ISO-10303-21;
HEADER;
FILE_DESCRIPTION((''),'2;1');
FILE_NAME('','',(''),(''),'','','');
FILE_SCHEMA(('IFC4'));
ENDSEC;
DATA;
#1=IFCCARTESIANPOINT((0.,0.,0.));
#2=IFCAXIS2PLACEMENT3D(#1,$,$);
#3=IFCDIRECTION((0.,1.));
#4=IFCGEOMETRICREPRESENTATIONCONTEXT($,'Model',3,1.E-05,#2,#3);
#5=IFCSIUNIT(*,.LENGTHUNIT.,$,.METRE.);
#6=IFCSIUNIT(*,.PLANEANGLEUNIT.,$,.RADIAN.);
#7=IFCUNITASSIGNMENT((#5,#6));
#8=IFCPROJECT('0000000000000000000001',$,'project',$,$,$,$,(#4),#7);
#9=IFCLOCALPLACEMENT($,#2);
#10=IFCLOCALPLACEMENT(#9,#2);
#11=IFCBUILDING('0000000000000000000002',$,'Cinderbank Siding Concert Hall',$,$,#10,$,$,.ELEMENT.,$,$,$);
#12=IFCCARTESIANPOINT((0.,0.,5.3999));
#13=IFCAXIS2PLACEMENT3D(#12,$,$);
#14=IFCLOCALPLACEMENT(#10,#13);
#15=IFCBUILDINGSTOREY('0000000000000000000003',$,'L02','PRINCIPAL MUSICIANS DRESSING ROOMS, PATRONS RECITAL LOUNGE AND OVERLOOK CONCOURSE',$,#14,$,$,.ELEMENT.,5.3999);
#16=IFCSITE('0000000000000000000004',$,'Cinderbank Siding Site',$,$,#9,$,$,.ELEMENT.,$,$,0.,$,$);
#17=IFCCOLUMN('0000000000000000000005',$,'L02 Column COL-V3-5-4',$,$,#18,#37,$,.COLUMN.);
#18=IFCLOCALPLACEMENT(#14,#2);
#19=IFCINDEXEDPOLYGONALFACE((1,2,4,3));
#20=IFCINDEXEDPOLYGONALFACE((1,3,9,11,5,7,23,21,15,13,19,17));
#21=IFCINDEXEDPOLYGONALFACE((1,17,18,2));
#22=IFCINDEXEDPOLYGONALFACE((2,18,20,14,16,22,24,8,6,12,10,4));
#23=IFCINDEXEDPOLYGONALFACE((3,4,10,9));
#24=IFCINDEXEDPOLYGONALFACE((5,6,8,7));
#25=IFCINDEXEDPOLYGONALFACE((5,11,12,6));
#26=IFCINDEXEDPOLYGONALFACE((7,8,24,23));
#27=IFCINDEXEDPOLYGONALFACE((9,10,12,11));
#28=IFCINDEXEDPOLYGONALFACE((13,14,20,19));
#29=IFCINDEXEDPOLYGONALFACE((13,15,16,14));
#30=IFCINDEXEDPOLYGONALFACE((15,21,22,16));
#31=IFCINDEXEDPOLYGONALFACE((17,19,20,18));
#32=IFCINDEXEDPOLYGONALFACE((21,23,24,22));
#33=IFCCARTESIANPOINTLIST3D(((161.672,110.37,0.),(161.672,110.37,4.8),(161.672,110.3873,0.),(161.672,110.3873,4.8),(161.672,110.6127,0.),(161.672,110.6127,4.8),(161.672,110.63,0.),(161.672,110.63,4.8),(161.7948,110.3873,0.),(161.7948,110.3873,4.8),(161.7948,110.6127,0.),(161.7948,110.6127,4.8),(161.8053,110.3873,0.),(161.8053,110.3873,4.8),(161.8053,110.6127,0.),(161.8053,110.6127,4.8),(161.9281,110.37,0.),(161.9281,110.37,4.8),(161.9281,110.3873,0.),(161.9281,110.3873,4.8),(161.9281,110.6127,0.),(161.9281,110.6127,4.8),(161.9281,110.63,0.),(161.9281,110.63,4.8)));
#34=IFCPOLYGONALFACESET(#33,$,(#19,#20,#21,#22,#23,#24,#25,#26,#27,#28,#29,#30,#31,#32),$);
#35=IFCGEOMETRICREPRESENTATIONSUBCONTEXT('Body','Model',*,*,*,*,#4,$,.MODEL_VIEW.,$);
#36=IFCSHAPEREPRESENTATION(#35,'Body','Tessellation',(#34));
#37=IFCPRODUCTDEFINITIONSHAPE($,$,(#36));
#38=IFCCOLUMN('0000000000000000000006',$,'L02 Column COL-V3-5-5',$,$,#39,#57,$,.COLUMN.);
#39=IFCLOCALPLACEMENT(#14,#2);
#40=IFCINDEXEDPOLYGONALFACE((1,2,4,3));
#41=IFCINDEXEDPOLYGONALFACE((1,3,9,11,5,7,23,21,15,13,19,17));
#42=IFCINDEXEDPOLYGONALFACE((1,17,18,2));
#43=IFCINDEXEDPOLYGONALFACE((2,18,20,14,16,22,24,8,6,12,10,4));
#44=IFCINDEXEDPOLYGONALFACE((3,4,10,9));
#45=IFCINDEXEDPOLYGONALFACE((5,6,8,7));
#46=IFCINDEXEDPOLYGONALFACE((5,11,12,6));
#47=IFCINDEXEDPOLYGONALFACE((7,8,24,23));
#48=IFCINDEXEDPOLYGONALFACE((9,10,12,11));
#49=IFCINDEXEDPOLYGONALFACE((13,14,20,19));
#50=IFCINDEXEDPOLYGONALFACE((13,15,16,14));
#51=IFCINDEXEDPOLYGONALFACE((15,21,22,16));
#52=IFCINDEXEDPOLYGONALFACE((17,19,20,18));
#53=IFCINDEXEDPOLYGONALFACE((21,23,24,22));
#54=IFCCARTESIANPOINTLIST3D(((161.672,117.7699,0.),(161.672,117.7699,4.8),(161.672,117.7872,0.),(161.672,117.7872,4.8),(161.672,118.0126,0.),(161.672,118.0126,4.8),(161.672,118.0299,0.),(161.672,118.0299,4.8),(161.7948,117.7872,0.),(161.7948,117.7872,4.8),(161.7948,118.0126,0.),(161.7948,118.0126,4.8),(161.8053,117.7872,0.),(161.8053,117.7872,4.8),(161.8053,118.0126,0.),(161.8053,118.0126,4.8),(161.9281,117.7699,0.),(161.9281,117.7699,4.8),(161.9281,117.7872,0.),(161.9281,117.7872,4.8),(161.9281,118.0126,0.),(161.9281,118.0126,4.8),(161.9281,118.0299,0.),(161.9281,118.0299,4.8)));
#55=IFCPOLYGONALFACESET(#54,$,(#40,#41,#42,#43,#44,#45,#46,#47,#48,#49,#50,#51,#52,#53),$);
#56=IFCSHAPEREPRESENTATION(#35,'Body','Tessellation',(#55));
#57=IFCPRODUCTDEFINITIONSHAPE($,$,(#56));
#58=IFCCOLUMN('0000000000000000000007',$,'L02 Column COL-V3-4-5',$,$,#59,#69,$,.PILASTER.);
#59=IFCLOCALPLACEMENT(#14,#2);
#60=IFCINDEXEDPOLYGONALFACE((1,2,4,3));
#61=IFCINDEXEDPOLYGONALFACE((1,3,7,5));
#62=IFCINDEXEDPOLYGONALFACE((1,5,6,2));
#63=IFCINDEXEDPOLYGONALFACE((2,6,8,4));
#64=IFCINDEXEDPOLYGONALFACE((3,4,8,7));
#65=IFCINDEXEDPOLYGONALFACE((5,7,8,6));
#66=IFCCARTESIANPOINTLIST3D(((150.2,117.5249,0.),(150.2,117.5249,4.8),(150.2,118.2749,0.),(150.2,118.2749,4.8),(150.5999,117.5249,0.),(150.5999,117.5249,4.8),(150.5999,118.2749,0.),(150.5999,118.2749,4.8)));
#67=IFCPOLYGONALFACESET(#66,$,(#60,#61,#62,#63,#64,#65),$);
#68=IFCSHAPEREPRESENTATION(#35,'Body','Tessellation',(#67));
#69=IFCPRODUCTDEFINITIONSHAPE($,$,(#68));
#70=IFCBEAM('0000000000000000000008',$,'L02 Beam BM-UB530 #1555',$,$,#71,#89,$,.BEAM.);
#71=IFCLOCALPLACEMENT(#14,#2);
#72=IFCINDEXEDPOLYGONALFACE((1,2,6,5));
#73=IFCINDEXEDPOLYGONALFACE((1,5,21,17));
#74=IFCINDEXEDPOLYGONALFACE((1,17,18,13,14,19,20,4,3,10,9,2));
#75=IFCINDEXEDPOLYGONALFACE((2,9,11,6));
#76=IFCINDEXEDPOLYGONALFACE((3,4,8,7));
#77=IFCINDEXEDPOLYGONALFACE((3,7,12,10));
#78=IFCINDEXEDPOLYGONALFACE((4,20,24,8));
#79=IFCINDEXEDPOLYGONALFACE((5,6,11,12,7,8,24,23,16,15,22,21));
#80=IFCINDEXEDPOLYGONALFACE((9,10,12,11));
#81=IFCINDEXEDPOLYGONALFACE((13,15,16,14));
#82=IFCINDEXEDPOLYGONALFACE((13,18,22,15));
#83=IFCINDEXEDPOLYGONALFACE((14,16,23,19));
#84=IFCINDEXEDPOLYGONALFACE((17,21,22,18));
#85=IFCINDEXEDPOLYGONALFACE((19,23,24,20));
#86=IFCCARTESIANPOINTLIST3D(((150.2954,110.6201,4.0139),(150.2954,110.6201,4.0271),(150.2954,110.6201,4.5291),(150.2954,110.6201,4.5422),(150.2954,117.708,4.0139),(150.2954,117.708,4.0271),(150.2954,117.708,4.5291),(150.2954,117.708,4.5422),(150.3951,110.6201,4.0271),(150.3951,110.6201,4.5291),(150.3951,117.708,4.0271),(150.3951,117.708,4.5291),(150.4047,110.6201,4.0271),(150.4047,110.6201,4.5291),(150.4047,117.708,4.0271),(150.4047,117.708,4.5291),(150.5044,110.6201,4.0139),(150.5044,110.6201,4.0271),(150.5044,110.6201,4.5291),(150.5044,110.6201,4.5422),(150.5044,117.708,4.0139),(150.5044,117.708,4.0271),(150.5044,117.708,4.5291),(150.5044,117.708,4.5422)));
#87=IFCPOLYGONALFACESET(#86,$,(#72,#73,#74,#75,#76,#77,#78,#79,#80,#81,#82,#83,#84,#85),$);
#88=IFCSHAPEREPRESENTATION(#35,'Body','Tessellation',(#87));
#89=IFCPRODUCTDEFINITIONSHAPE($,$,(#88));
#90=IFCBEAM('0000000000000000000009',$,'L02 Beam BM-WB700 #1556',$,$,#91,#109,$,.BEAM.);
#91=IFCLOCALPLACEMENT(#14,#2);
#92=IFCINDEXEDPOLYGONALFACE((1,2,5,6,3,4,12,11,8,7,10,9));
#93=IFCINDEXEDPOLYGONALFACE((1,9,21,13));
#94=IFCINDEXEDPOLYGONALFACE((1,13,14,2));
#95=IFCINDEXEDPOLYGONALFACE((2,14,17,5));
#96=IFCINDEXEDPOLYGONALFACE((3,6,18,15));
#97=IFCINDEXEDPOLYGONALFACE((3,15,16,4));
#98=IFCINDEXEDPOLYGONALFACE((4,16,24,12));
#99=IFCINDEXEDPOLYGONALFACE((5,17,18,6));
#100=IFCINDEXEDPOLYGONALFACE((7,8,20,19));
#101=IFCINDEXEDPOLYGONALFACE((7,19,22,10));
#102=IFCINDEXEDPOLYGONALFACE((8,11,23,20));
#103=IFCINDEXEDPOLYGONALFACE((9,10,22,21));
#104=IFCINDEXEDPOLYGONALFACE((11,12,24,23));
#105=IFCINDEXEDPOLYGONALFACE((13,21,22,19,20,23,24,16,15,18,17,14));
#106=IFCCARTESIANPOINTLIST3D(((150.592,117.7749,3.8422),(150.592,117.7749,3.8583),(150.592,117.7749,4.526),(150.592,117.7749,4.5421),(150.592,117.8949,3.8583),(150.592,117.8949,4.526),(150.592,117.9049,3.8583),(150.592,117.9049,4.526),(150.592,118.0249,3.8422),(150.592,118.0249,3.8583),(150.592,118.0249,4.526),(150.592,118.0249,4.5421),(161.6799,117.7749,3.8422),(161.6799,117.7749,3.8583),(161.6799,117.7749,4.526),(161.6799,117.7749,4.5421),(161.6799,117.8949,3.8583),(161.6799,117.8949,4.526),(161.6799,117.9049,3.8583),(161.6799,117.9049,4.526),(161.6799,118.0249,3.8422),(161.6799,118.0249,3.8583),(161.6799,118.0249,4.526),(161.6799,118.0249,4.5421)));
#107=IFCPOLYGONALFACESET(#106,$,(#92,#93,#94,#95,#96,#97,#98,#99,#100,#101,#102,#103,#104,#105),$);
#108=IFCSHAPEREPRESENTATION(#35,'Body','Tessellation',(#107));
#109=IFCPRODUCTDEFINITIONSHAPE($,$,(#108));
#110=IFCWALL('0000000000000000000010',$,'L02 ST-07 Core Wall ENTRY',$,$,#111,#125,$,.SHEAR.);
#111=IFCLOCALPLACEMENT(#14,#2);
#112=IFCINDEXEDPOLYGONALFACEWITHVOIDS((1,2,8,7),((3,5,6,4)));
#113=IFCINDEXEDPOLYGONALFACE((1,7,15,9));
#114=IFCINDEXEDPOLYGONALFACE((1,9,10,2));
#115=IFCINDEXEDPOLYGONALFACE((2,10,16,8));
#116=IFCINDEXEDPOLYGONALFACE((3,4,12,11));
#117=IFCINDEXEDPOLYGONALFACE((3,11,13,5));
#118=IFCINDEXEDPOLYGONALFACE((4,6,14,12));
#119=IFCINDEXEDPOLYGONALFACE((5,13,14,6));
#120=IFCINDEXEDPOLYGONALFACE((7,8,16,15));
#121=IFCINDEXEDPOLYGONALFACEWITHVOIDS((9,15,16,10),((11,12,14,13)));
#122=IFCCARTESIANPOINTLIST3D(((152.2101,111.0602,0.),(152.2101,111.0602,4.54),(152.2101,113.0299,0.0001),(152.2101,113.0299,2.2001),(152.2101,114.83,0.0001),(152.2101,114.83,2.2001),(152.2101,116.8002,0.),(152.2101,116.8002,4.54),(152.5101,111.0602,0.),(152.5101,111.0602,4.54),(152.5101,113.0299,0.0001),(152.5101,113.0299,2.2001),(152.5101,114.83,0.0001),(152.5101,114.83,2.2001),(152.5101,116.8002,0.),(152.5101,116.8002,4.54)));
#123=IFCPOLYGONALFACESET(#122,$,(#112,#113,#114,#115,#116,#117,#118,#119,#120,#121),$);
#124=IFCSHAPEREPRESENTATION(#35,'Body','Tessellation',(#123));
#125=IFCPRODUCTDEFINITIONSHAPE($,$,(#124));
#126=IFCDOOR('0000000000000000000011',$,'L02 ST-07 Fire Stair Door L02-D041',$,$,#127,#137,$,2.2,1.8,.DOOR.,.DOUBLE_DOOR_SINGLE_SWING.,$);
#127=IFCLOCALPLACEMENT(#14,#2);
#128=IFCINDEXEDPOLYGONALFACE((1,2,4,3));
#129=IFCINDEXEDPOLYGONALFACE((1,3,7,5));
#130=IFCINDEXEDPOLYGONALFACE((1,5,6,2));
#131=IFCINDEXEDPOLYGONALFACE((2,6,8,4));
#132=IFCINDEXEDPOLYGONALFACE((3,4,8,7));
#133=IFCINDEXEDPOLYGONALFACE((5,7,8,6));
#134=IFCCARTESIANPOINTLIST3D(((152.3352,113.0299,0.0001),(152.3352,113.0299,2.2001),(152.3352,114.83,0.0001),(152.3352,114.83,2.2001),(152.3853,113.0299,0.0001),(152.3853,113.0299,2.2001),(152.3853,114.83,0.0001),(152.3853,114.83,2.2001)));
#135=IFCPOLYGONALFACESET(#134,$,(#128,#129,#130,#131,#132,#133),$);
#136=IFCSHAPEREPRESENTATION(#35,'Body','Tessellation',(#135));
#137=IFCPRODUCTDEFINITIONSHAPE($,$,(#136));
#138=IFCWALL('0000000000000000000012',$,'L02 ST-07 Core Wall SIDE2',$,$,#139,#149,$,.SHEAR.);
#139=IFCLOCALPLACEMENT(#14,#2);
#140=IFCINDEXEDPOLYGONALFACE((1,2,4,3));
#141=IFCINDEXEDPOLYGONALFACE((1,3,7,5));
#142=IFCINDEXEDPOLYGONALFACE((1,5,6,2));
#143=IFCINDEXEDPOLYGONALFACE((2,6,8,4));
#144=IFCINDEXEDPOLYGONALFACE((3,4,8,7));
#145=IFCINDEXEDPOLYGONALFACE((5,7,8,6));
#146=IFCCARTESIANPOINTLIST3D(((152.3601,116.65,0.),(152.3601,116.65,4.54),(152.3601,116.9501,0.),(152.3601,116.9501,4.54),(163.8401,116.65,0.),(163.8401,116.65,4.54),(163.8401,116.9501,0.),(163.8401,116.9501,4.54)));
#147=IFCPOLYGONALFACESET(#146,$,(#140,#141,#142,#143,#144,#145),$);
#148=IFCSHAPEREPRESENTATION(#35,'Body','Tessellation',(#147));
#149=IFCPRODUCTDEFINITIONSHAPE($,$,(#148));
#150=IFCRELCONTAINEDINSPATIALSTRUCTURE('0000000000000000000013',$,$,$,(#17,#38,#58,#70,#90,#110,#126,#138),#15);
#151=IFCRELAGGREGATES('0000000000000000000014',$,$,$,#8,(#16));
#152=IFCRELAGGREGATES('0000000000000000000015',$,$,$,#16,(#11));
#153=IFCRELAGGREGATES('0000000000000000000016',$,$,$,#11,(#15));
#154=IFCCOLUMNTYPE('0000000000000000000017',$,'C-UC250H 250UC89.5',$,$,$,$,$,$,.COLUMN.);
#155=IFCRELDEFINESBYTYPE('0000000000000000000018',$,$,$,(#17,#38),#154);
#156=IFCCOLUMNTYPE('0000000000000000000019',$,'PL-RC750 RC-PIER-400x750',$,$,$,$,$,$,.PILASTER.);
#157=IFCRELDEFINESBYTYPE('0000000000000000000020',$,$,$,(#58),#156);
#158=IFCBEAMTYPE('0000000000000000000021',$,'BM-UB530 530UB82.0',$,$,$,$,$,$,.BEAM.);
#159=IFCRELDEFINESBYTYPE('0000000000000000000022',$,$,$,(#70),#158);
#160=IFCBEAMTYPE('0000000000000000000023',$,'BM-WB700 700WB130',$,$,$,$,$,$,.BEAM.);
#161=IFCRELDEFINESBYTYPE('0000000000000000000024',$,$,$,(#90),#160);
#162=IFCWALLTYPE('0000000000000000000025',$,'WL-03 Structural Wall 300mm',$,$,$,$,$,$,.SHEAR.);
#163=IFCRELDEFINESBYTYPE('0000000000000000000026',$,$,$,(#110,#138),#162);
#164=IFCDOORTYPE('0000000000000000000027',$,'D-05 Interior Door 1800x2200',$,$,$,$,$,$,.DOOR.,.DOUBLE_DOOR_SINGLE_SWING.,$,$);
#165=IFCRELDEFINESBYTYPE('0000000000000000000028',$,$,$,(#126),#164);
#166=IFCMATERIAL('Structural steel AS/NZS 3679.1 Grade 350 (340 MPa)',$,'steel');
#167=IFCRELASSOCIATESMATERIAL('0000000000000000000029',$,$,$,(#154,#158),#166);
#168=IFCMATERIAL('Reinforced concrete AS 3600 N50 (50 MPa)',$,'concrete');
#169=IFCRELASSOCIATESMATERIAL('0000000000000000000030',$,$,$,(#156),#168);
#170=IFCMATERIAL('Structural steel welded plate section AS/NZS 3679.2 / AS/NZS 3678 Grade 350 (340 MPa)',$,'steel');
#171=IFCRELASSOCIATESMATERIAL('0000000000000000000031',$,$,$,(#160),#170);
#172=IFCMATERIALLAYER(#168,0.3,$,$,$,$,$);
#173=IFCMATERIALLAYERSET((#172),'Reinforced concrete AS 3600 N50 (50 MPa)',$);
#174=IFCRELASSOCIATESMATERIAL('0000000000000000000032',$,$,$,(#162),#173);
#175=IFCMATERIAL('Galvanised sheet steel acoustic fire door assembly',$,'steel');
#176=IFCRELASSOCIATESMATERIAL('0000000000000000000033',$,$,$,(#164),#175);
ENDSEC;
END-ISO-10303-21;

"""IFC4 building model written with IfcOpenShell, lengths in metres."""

from ifc_helpers import new_model, si_unit, direction, frame, frame_2d, origin, origin_2d, place, context, subcontext, project, spatial, rectangle, i_section, extrude, material, layer, layer_set, material_profile, profile_set, type_object, element, fill, save


model = new_model("IFC4")

# Units and contexts
model_context = context("Model", 3, precision=1e-05, world=origin(), true_north=direction((0.0, 1.0)))
body_context = subcontext(model_context, "Body", "Model", "MODEL_VIEW")
ifc_project = project(units=[si_unit("LENGTHUNIT", "METRE"), si_unit("PLANEANGLEUNIT", "RADIAN")], contexts=[model_context])

# Site, building, storey
site_placement = place(None, origin())
site = spatial("IfcSite", under=ifc_project, at=site_placement, Name="Cinderbank Siding Site", CompositionType="ELEMENT", RefElevation=0.0)
building_placement = place(site_placement, origin())
building = spatial("IfcBuilding", under=site, at=building_placement, Name="Cinderbank Siding Concert Hall", CompositionType="ELEMENT")
storey_placement = place(building_placement, frame((0.0, 0.0, 5.3999)))
storey = spatial("IfcBuildingStorey", under=building, at=storey_placement, Name="L02", Description="PRINCIPAL MUSICIANS DRESSING ROOMS, PATRONS RECITAL LOUNGE AND OVERLOOK CONCOURSE", CompositionType="ELEMENT", Elevation=5.3999)

# Columns
ifc_material_1 = material(Name="Structural steel AS/NZS 3679.1 Grade 350 (340 MPa)", Category="steel")
ifc_material_profile_1 = material_profile(ifc_material_1, i_section(OverallWidth=0.2561, OverallDepth=0.26, WebThickness=0.0105, FlangeThickness=0.0173, at=origin_2d()), Name="250UC89.5", Category="LoadBearing")
ifc_profile_set_1 = profile_set([ifc_material_profile_1], Name="Structural steel AS/NZS 3679.1 Grade 350 (340 MPa)")
column_type_1 = type_object("IfcColumnType", Name="C-UC250H 250UC89.5", PredefinedType="COLUMN", material=ifc_profile_set_1)
for number, where, z_axis, x_axis, name in (
    (1, (161.8, 110.5, 0.0), (0.0, 0.0, 1.0), (1.0, 0.0, 0.0), "L02 Column COL-V3-5-4"),
    (2, (161.8, 117.8999, 0.0), (0.0, 0.0, 1.0), (1.0, 0.0, 0.0), "L02 Column COL-V3-5-5"),
):
    element("IfcColumn", number, at=place(storey_placement, frame(where, z_axis=z_axis, x_axis=x_axis)), inside=storey, type_object=column_type_1, Name=name, PredefinedType="COLUMN", context=body_context, shape_type="SweptSolid", body=[
        extrude(i_section(OverallWidth=0.2561, OverallDepth=0.26, WebThickness=0.0105, FlangeThickness=0.0173, at=origin_2d()), origin(), (0.0, 0.0, 1.0), 4.8),
    ])
ifc_material_2 = material(Name="Reinforced concrete AS 3600 N50 (50 MPa)", Category="concrete")
ifc_material_profile_2 = material_profile(ifc_material_2, rectangle(XDim=0.3999, YDim=0.75, at=origin_2d()), Name="RC-PIER-400x750", Category="LoadBearing")
ifc_profile_set_2 = profile_set([ifc_material_profile_2], Name="Reinforced concrete AS 3600 N50 (50 MPa)")
column_type_2 = type_object("IfcColumnType", Name="PL-RC750 RC-PIER-400x750", PredefinedType="PILASTER", material=ifc_profile_set_2)
column_placement = place(storey_placement, frame((150.3999, 117.8999, 0.0), z_axis=(0.0, 0.0, 1.0), x_axis=(1.0, 0.0, 0.0)))
element("IfcColumn", 3, at=column_placement, inside=storey, type_object=column_type_2, Name="L02 Column COL-V3-4-5", PredefinedType="PILASTER", context=body_context, shape_type="SweptSolid", body=[
    extrude(rectangle(XDim=0.3999, YDim=0.75, at=origin_2d()), origin(), (0.0, 0.0, 1.0), 4.8),
])

# Beams
ifc_material_profile_3 = material_profile(ifc_material_1, i_section(OverallWidth=0.209, OverallDepth=0.5283, WebThickness=0.0095, FlangeThickness=0.0132, at=origin_2d()), Name="530UB82.0", Category="LoadBearing")
ifc_profile_set_3 = profile_set([ifc_material_profile_3], Name="Structural steel AS/NZS 3679.1 Grade 350 (340 MPa)")
beam_type_1 = type_object("IfcBeamType", Name="BM-UB530 530UB82.0", PredefinedType="BEAM", material=ifc_profile_set_3)
beam_1_placement = place(storey_placement, frame((150.3999, 110.6201, 4.2781), z_axis=(0.0, 1.0, 0.0), x_axis=(-1.0, 0.0, 0.0)))
element("IfcBeam", 4, at=beam_1_placement, inside=storey, type_object=beam_type_1, Name="L02 Beam BM-UB530 #1555", PredefinedType="BEAM", context=body_context, shape_type="SweptSolid", body=[
    extrude(i_section(OverallWidth=0.209, OverallDepth=0.5283, WebThickness=0.0095, FlangeThickness=0.0132, at=origin_2d()), origin(), (0.0, 0.0, 1.0), 7.0879),
])
ifc_material_3 = material(Name="Structural steel welded plate section AS/NZS 3679.2 / AS/NZS 3678 Grade 350 (340 MPa)", Category="steel")
ifc_material_profile_4 = material_profile(ifc_material_3, i_section(OverallWidth=0.25, OverallDepth=0.7, WebThickness=0.01, FlangeThickness=0.0161, at=origin_2d()), Name="700WB130", Category="LoadBearing")
ifc_profile_set_4 = profile_set([ifc_material_profile_4], Name="Structural steel welded plate section AS/NZS 3679.2 / AS/NZS 3678 Grade 350 (340 MPa)")
beam_type_2 = type_object("IfcBeamType", Name="BM-WB700 700WB130", PredefinedType="BEAM", material=ifc_profile_set_4)
beam_2_placement = place(storey_placement, frame((150.592, 117.8999, 4.1921), z_axis=(1.0, 0.0, 0.0), x_axis=(0.0, 1.0, 0.0)))
element("IfcBeam", 5, at=beam_2_placement, inside=storey, type_object=beam_type_2, Name="L02 Beam BM-WB700 #1556", PredefinedType="BEAM", context=body_context, shape_type="SweptSolid", body=[
    extrude(i_section(OverallWidth=0.25, OverallDepth=0.7, WebThickness=0.01, FlangeThickness=0.0161, at=origin_2d()), origin(), (0.0, 0.0, 1.0), 11.0879),
])

# Wall, opening, door
ifc_layer_1 = layer(ifc_material_2, 0.3)
ifc_layer_set_1 = layer_set([ifc_layer_1], Name="Reinforced concrete AS 3600 N50 (50 MPa)")
wall_type_1 = type_object("IfcWallType", Name="WL-03 Structural Wall 300mm", PredefinedType="SHEAR", material=ifc_layer_set_1)
wall_1_placement = place(storey_placement, frame((152.3601, 111.0601, 0.0), z_axis=(0.0, 0.0, 1.0), x_axis=(0.0, 1.0, 0.0)))
wall_1 = element("IfcWall", 6, at=wall_1_placement, inside=storey, type_object=wall_type_1, Name="L02 ST-07 Core Wall ENTRY", PredefinedType="SHEAR", context=body_context, shape_type="SweptSolid", body=[
    extrude(rectangle(XDim=5.74, YDim=0.3, at=frame_2d((2.8701, 0.0))), origin(), (0.0, 0.0, 1.0), 4.54),
])
opening_1_placement = place(wall_1_placement, frame((1.97, 0.0, 0.0)))
opening_1 = element("IfcOpeningElement", 7, at=opening_1_placement, cuts=wall_1, PredefinedType="OPENING", context=body_context, shape_type="SweptSolid", body=[
    extrude(rectangle(XDim=1.8, YDim=2.2, at=frame_2d((0.8999, 1.1001))), frame((0.0, 0.1621, 0.0), z_axis=(0.0, -1.0, 0.0), x_axis=(1.0, 0.0, 0.0)), (0.0, 0.0, 1.0), 0.324),
])
ifc_material_4 = material(Name="Galvanised sheet steel acoustic fire door assembly", Category="steel")
door_type = type_object("IfcDoorType", Name="D-05 Interior Door 1800x2200", OperationType="DOUBLE_DOOR_SINGLE_SWING", PredefinedType="DOOR", material=ifc_material_4)
door_placement = place(opening_1_placement, origin())
door = element("IfcDoor", 8, at=door_placement, inside=storey, type_object=door_type, Name="L02 ST-07 Fire Stair Door L02-D041", OperationType="DOUBLE_DOOR_SINGLE_SWING", OverallHeight=2.2, OverallWidth=1.8, PredefinedType="DOOR", context=body_context, shape_type="SweptSolid", body=[
    extrude(rectangle(XDim=1.8, YDim=2.2, at=frame_2d((0.8999, 1.1001))), frame((0.0, 0.0249, 0.0), z_axis=(0.0, -1.0, 0.0), x_axis=(1.0, 0.0, 0.0)), (0.0, 0.0, 1.0), 0.05),
])
fill(opening_1, door)

# Wall
wall_2_placement = place(storey_placement, frame((152.3601, 116.8, 0.0), z_axis=(0.0, 0.0, 1.0), x_axis=(1.0, 0.0, 0.0)))
element("IfcWall", 9, at=wall_2_placement, inside=storey, type_object=wall_type_1, Name="L02 ST-07 Core Wall SIDE2", PredefinedType="SHEAR", context=body_context, shape_type="SweptSolid", body=[
    extrude(rectangle(XDim=11.48, YDim=0.3, at=frame_2d((5.74, 0.0))), origin(), (0.0, 0.0, 1.0), 4.54),
])

save(model, "model.ifc")
